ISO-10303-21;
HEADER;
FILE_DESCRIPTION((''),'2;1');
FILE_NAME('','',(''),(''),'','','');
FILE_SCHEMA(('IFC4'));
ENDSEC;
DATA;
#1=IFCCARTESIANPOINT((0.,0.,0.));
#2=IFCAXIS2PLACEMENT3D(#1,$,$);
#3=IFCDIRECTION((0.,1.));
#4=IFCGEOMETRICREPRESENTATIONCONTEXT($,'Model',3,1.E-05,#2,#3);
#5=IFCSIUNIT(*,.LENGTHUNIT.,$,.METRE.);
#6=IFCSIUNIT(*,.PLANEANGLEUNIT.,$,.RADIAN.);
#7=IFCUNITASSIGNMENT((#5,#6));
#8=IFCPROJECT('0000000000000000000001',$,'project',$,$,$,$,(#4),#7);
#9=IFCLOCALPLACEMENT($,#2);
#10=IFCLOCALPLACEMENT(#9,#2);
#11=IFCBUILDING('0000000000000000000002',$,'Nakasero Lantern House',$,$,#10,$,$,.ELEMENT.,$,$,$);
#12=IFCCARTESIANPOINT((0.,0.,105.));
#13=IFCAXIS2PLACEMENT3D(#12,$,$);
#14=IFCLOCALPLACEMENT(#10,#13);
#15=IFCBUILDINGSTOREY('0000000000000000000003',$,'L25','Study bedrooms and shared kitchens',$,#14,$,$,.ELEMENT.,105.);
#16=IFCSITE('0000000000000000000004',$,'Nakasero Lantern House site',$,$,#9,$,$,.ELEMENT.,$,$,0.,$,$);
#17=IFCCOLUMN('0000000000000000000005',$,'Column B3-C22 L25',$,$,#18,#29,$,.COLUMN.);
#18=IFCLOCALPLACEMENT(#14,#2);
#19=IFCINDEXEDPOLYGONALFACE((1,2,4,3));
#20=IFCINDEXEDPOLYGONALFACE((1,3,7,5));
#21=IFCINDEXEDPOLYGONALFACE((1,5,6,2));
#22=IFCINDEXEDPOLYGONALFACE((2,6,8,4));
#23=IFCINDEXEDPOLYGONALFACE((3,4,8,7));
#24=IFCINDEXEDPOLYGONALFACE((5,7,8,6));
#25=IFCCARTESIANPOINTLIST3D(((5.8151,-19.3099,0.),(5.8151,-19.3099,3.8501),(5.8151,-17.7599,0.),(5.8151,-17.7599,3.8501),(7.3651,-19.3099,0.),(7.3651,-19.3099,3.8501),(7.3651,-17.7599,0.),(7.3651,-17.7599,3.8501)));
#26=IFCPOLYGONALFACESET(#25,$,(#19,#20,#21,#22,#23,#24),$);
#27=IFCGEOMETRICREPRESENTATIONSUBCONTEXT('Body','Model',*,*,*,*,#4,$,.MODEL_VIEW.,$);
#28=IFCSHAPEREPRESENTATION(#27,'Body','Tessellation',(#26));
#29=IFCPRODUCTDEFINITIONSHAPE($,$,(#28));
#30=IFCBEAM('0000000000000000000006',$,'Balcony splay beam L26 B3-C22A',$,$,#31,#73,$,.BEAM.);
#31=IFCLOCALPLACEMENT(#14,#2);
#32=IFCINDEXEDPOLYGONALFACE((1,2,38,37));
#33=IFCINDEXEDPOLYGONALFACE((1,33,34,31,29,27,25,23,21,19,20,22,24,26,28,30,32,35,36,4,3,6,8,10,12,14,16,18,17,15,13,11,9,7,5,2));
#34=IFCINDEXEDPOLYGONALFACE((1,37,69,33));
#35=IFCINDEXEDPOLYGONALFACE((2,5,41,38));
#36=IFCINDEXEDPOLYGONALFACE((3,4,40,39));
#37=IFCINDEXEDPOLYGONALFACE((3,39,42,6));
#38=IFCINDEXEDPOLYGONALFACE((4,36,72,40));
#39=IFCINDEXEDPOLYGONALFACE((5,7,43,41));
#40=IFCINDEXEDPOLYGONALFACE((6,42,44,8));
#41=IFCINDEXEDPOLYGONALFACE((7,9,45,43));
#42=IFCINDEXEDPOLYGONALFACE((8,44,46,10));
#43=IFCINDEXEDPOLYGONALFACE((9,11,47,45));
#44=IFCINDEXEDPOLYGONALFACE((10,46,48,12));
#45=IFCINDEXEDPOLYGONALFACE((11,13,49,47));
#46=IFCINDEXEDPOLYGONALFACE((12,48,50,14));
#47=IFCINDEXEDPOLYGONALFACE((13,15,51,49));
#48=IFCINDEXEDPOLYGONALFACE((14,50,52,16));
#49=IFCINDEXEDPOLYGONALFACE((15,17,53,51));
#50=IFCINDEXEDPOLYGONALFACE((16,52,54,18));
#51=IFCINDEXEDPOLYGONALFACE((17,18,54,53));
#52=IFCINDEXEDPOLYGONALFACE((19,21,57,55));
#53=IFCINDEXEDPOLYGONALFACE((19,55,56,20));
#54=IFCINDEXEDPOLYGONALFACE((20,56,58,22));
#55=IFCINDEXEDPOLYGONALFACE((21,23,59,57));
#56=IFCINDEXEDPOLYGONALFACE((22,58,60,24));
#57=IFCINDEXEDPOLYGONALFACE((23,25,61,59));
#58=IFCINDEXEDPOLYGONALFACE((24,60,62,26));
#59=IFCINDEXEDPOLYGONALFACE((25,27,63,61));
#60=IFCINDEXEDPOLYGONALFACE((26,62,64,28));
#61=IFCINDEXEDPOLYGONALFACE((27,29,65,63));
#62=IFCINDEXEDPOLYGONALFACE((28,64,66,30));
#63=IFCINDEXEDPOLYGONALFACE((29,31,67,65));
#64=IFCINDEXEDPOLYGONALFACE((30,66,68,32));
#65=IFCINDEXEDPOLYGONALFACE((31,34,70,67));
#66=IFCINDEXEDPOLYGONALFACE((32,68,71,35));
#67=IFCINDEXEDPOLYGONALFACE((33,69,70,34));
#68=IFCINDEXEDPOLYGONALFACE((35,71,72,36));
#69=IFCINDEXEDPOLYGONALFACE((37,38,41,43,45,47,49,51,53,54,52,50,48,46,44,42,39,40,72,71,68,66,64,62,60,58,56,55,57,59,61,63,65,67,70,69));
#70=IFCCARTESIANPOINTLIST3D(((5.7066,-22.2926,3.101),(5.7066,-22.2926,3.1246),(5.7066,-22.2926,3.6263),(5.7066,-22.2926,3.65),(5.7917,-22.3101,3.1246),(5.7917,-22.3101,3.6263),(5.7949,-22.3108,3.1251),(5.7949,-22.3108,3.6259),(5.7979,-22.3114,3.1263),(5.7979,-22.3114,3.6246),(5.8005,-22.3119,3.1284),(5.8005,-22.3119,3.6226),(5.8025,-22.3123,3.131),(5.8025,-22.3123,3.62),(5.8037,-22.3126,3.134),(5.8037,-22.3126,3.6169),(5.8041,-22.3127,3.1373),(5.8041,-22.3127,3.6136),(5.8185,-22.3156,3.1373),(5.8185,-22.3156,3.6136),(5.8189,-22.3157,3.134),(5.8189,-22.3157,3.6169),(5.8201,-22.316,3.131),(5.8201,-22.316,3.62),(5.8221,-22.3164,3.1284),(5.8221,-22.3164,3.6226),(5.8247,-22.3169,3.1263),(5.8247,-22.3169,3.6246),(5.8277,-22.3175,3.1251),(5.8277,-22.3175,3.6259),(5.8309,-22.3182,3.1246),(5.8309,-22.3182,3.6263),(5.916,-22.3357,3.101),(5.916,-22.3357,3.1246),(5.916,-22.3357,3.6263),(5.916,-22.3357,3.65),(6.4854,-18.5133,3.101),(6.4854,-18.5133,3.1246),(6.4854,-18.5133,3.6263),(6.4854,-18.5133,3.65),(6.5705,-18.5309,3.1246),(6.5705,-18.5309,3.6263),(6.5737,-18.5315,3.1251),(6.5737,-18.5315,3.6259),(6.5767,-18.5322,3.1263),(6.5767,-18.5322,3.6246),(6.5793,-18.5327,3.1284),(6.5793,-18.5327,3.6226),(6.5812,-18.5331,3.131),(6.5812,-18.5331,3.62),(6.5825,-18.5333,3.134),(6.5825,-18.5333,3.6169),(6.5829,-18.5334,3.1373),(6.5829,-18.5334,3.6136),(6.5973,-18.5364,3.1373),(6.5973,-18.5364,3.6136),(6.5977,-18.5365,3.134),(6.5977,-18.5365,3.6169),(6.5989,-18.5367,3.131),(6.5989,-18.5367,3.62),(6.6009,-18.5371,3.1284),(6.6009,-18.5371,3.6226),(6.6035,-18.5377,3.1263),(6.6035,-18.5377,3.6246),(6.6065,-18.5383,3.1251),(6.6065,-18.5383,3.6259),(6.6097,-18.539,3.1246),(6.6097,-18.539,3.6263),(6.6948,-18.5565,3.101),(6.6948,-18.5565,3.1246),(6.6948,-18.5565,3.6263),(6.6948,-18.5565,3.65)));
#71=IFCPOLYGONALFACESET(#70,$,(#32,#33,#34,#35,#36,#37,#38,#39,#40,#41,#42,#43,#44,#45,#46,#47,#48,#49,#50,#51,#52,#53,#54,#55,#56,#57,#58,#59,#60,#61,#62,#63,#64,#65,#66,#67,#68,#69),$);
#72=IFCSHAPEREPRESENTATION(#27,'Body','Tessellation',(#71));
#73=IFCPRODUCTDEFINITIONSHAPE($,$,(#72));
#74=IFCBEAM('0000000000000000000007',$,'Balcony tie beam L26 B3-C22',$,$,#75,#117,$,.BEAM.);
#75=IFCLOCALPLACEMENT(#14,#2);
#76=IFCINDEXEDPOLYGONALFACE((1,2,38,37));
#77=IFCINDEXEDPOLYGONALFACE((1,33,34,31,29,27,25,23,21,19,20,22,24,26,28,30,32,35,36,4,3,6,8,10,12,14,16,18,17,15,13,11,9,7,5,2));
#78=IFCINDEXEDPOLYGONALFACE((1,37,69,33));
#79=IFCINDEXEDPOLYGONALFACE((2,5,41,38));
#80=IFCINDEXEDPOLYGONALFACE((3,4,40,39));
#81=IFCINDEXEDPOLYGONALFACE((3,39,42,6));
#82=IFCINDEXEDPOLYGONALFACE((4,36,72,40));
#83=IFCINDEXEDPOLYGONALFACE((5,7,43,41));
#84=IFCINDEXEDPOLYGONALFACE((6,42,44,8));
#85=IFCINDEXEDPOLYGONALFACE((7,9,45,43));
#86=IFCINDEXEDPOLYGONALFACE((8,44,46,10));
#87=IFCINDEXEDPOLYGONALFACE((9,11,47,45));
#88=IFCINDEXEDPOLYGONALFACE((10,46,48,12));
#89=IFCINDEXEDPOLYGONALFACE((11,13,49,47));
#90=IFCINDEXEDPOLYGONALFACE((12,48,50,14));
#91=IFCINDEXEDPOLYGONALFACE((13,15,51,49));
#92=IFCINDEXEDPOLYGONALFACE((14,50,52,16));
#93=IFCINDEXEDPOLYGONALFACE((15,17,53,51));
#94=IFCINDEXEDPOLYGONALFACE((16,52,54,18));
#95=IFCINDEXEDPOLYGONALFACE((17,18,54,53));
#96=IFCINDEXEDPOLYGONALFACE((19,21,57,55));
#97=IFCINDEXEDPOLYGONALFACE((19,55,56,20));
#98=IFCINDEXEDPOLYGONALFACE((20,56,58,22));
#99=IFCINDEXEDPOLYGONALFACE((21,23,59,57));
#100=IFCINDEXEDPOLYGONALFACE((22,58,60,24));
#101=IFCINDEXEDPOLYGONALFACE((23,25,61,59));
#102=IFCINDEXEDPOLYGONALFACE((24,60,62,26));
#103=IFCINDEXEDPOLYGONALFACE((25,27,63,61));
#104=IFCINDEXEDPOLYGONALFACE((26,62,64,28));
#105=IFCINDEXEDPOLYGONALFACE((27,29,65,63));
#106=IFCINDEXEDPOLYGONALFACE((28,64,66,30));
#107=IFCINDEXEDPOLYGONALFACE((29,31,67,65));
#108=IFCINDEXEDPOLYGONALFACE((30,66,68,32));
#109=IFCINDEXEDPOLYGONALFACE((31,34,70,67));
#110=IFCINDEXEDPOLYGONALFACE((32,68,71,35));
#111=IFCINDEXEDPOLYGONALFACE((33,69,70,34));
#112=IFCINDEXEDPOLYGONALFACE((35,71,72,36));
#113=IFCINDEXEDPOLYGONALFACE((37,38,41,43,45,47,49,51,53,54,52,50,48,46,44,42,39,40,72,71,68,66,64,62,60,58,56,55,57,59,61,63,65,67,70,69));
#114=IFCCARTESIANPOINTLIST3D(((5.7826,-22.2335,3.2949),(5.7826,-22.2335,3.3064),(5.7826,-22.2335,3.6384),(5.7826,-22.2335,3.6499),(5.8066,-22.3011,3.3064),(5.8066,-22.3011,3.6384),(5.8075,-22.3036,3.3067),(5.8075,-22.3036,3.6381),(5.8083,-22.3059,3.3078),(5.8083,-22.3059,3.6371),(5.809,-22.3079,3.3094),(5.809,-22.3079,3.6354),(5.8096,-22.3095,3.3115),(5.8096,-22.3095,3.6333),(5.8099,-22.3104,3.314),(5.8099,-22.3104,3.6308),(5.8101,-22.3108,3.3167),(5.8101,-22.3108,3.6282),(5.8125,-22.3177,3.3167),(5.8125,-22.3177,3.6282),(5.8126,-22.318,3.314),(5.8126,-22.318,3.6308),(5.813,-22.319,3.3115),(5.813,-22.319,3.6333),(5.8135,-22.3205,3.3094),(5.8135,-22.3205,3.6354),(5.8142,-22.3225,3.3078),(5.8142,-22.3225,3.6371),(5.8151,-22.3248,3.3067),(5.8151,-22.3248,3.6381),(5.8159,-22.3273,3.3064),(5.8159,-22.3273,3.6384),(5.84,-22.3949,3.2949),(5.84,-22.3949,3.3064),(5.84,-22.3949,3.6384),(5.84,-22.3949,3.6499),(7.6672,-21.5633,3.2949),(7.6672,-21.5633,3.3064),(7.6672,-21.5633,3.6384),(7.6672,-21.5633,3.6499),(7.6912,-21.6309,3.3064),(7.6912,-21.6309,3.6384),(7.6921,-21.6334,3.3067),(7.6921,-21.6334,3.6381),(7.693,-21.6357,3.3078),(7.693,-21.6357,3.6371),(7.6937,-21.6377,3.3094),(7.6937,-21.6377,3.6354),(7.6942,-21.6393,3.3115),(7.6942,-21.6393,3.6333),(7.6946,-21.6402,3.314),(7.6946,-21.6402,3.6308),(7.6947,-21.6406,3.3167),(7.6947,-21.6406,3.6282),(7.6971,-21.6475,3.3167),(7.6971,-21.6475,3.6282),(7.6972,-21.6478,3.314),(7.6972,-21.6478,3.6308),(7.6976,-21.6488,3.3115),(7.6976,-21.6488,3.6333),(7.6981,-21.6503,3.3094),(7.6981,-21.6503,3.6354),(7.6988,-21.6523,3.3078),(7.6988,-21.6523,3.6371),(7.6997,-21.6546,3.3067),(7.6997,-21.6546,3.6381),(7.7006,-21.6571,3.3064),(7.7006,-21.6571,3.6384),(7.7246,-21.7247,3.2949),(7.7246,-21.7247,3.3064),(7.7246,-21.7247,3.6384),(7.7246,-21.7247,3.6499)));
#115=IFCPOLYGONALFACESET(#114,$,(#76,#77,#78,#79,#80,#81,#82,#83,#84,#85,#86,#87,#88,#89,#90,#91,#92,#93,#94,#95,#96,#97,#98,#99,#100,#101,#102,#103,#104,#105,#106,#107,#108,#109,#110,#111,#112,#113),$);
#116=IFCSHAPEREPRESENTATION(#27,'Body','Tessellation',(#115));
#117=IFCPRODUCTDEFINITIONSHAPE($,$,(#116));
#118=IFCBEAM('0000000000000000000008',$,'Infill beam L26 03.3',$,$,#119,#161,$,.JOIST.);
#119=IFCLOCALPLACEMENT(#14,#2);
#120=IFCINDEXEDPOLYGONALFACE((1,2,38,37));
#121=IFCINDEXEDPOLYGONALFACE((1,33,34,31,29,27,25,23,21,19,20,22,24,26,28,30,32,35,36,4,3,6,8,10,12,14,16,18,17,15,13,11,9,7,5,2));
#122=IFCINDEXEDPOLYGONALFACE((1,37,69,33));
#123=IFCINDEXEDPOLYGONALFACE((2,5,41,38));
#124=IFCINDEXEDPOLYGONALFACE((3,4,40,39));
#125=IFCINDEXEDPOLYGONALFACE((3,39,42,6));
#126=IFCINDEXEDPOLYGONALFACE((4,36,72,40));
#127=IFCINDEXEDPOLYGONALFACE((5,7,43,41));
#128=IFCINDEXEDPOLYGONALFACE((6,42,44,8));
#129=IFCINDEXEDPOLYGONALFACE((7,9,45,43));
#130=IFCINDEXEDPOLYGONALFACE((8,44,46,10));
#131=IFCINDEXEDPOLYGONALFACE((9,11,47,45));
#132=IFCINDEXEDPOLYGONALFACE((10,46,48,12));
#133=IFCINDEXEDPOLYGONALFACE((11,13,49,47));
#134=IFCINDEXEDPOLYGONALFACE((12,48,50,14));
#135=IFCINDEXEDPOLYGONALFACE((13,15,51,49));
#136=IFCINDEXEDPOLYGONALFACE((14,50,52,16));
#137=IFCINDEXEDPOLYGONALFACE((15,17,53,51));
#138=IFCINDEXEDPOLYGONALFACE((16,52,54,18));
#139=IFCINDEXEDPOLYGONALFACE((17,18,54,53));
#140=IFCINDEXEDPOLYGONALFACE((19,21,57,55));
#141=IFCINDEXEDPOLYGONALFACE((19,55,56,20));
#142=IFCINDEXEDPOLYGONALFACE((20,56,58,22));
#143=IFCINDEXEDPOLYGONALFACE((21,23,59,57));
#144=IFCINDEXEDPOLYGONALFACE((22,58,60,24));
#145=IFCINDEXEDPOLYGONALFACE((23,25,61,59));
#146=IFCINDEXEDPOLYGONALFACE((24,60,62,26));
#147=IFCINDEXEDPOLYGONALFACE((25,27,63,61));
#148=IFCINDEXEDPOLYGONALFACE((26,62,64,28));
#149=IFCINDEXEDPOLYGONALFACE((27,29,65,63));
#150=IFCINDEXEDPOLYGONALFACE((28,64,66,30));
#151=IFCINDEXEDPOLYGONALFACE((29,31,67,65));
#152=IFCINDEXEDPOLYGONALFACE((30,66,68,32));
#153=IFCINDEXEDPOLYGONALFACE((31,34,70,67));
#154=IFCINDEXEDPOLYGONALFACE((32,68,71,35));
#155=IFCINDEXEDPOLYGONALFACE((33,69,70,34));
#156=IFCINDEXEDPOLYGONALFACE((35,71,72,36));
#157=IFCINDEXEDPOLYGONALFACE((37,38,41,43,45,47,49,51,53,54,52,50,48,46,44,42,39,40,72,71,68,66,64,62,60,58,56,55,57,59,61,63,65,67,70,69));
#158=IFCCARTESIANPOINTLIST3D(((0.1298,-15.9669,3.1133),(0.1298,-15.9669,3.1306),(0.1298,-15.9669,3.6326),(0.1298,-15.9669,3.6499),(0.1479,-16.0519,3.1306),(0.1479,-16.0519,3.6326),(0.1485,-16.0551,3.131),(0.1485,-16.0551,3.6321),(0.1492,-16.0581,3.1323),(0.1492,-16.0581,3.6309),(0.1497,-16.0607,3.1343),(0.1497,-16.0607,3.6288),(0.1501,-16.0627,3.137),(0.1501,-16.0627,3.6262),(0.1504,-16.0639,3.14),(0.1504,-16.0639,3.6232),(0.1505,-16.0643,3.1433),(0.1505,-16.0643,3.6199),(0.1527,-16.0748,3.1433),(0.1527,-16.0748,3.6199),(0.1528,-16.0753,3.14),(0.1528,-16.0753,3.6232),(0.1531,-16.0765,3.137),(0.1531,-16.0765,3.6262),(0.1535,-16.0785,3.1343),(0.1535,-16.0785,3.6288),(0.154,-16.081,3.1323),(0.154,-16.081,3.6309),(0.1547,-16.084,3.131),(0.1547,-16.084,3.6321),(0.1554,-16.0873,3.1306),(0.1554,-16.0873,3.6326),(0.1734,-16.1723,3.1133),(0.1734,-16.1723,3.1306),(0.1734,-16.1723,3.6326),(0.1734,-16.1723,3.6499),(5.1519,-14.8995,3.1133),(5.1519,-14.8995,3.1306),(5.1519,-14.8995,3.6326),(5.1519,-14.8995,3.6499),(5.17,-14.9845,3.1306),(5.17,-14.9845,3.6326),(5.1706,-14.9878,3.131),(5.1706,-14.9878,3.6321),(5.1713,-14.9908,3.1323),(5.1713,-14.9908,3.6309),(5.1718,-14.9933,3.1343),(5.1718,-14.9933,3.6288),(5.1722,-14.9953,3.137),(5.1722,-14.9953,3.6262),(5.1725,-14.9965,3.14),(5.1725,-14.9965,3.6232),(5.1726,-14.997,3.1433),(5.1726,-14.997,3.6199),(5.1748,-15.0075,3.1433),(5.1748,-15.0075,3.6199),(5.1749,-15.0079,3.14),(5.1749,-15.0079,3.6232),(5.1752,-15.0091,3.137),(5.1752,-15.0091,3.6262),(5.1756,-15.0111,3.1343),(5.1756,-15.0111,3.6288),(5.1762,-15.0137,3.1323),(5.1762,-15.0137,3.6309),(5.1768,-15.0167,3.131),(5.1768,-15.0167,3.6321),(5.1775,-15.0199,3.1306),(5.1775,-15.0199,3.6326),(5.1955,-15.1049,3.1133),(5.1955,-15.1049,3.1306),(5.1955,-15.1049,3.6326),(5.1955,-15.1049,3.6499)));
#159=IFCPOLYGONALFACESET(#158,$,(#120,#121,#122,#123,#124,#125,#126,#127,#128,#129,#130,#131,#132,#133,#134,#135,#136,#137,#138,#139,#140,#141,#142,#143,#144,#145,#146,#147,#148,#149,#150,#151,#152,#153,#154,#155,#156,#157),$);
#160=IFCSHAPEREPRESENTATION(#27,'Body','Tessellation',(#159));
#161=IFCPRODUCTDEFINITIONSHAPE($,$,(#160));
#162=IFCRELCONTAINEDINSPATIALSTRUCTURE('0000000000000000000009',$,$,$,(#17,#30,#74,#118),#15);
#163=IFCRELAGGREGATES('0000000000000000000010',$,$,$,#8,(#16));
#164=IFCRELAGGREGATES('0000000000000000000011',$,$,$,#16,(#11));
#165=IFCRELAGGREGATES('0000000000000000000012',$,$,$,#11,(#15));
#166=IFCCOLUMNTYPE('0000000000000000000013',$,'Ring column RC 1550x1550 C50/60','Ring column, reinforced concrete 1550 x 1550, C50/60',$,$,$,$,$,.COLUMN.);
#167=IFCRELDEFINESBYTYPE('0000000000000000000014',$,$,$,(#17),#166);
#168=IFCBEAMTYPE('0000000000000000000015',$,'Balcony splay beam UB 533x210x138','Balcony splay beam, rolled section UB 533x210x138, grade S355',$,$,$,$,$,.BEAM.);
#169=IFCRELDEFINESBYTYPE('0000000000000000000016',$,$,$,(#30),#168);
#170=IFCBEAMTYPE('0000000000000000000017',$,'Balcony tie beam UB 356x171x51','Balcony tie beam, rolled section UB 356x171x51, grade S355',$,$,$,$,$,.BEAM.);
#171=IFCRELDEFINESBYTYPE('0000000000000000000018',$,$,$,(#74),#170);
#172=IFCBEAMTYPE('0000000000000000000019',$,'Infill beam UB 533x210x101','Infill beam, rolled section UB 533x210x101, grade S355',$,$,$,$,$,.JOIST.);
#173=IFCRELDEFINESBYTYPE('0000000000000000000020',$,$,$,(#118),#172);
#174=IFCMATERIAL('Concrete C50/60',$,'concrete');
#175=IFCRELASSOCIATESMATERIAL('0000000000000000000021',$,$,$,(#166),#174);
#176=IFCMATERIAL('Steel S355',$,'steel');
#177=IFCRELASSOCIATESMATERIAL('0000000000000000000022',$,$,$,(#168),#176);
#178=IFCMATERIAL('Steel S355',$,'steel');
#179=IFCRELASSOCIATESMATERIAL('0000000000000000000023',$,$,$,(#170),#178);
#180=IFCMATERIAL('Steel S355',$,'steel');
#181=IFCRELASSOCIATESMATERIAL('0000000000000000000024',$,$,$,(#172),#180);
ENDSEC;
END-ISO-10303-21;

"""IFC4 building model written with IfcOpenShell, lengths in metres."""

from ifc_helpers import new_model, si_unit, direction, frame, origin, origin_2d, place, context, subcontext, project, spatial, rectangle, i_section, extrude, material, material_profile, profile_set, type_object, element, save


model = new_model("IFC4")

# Units and contexts
model_context = context("Model", 3, precision=1e-05, world=origin(), true_north=direction((0.0, 1.0)))
body_context = subcontext(model_context, "Body", "Model", "MODEL_VIEW")
ifc_project = project(units=[si_unit("LENGTHUNIT", "METRE"), si_unit("PLANEANGLEUNIT", "RADIAN")], contexts=[model_context])

# Site, building, storey
site_placement = place(None, origin())
site = spatial("IfcSite", under=ifc_project, at=site_placement, Name="Nakasero Lantern House site", CompositionType="ELEMENT", RefElevation=0.0)
building_placement = place(site_placement, origin())
building = spatial("IfcBuilding", under=site, at=building_placement, Name="Nakasero Lantern House", CompositionType="ELEMENT")
storey_placement = place(building_placement, frame((0.0, 0.0, 105.0)))
storey = spatial("IfcBuildingStorey", under=building, at=storey_placement, Name="L25", Description="Study bedrooms and shared kitchens", CompositionType="ELEMENT", Elevation=105.0)

# Column
ifc_material_1 = material(Name="Concrete C50/60", Category="concrete")
ifc_material_profile_1 = material_profile(ifc_material_1, rectangle(XDim=1.55, YDim=1.55, at=origin_2d()), Name="RC 1550x1550")
ifc_profile_set_1 = profile_set([ifc_material_profile_1], Name="Concrete C50/60")
column_type = type_object("IfcColumnType", Name="Ring column RC 1550x1550 C50/60", Description="Ring column, reinforced concrete 1550 x 1550, C50/60", PredefinedType="COLUMN", material=ifc_profile_set_1)
column_placement = place(storey_placement, frame((6.5901, -18.5349, 0.0), z_axis=(0.0, 0.0, 1.0), x_axis=(1.0, 0.0, 0.0)))
element("IfcColumn", 1, at=column_placement, inside=storey, type_object=column_type, Name="Column B3-C22 L25", PredefinedType="COLUMN", context=body_context, shape_type="SweptSolid", body=[
    extrude(rectangle(XDim=1.55, YDim=1.55, at=origin_2d()), origin(), (0.0, 0.0, 1.0), 3.8501),
])

# Beams
ifc_material_2 = material(Name="Steel S355", Category="steel")
ifc_material_profile_2 = material_profile(ifc_material_2, i_section(OverallWidth=0.2139, OverallDepth=0.5491, WebThickness=0.0146, FlangeThickness=0.0237, FilletRadius=0.0127, at=origin_2d()), Name="UB 533x210x138")
ifc_profile_set_2 = profile_set([ifc_material_profile_2], Name="Steel S355")
beam_type_1 = type_object("IfcBeamType", Name="Balcony splay beam UB 533x210x138", Description="Balcony splay beam, rolled section UB 533x210x138, grade S355", PredefinedType="BEAM", material=ifc_profile_set_2)
beam_1_placement = place(storey_placement, frame((6.5901, -18.5349, 3.3755), z_axis=(-0.201831, -0.97942, 0.0), x_axis=(0.97942, -0.201831, 0.0)))
element("IfcBeam", 2, at=beam_1_placement, inside=storey, type_object=beam_type_1, Name="Balcony splay beam L26 B3-C22A", PredefinedType="BEAM", context=body_context, shape_type="SweptSolid", body=[
    extrude(i_section(OverallWidth=0.2139, OverallDepth=0.5491, WebThickness=0.0146, FlangeThickness=0.0237, FilletRadius=0.0127, at=origin_2d()), origin(), (0.0, 0.0, 1.0), 3.8586),
])
ifc_material_3 = material(Name="Steel S355", Category="steel")
ifc_material_profile_3 = material_profile(ifc_material_3, i_section(OverallWidth=0.1714, OverallDepth=0.355, WebThickness=0.0073, FlangeThickness=0.0115, FilletRadius=0.0103, at=origin_2d()), Name="UB 356x171x51")
ifc_profile_set_3 = profile_set([ifc_material_profile_3], Name="Steel S355")
beam_type_2 = type_object("IfcBeamType", Name="Balcony tie beam UB 356x171x51", Description="Balcony tie beam, rolled section UB 356x171x51, grade S355", PredefinedType="BEAM", material=ifc_profile_set_3)
beam_2_placement = place(storey_placement, frame((5.8113, -22.3142, 3.4724), z_axis=(0.942197, 0.33506, 0.0), x_axis=(-0.33506, 0.942197, 0.0)))
element("IfcBeam", 3, at=beam_2_placement, inside=storey, type_object=beam_type_2, Name="Balcony tie beam L26 B3-C22", PredefinedType="BEAM", context=body_context, shape_type="SweptSolid", body=[
    extrude(i_section(OverallWidth=0.1714, OverallDepth=0.355, WebThickness=0.0073, FlangeThickness=0.0115, FilletRadius=0.0103, at=origin_2d()), origin(), (0.0, 0.0, 1.0), 2.0002),
])
ifc_material_4 = material(Name="Steel S355", Category="steel")
ifc_material_profile_4 = material_profile(ifc_material_4, i_section(OverallWidth=0.21, OverallDepth=0.5366, WebThickness=0.0107, FlangeThickness=0.0173, FilletRadius=0.0127, at=origin_2d()), Name="UB 533x210x101")
ifc_profile_set_4 = profile_set([ifc_material_profile_4], Name="Steel S355")
beam_type_3 = type_object("IfcBeamType", Name="Infill beam UB 533x210x101", Description="Infill beam, rolled section UB 533x210x101, grade S355", PredefinedType="JOIST", material=ifc_profile_set_4)
beam_3_placement = place(storey_placement, frame((0.1516, -16.0696, 3.3816), z_axis=(0.978152, 0.207889, 0.0), x_axis=(-0.207889, 0.978152, 0.0)))
element("IfcBeam", 4, at=beam_3_placement, inside=storey, type_object=beam_type_3, Name="Infill beam L26 03.3", PredefinedType="JOIST", context=body_context, shape_type="SweptSolid", body=[
    extrude(i_section(OverallWidth=0.21, OverallDepth=0.5366, WebThickness=0.0107, FlangeThickness=0.0173, FilletRadius=0.0127, at=origin_2d()), origin(), (0.0, 0.0, 1.0), 5.1343),
])

save(model, "model.ifc")
